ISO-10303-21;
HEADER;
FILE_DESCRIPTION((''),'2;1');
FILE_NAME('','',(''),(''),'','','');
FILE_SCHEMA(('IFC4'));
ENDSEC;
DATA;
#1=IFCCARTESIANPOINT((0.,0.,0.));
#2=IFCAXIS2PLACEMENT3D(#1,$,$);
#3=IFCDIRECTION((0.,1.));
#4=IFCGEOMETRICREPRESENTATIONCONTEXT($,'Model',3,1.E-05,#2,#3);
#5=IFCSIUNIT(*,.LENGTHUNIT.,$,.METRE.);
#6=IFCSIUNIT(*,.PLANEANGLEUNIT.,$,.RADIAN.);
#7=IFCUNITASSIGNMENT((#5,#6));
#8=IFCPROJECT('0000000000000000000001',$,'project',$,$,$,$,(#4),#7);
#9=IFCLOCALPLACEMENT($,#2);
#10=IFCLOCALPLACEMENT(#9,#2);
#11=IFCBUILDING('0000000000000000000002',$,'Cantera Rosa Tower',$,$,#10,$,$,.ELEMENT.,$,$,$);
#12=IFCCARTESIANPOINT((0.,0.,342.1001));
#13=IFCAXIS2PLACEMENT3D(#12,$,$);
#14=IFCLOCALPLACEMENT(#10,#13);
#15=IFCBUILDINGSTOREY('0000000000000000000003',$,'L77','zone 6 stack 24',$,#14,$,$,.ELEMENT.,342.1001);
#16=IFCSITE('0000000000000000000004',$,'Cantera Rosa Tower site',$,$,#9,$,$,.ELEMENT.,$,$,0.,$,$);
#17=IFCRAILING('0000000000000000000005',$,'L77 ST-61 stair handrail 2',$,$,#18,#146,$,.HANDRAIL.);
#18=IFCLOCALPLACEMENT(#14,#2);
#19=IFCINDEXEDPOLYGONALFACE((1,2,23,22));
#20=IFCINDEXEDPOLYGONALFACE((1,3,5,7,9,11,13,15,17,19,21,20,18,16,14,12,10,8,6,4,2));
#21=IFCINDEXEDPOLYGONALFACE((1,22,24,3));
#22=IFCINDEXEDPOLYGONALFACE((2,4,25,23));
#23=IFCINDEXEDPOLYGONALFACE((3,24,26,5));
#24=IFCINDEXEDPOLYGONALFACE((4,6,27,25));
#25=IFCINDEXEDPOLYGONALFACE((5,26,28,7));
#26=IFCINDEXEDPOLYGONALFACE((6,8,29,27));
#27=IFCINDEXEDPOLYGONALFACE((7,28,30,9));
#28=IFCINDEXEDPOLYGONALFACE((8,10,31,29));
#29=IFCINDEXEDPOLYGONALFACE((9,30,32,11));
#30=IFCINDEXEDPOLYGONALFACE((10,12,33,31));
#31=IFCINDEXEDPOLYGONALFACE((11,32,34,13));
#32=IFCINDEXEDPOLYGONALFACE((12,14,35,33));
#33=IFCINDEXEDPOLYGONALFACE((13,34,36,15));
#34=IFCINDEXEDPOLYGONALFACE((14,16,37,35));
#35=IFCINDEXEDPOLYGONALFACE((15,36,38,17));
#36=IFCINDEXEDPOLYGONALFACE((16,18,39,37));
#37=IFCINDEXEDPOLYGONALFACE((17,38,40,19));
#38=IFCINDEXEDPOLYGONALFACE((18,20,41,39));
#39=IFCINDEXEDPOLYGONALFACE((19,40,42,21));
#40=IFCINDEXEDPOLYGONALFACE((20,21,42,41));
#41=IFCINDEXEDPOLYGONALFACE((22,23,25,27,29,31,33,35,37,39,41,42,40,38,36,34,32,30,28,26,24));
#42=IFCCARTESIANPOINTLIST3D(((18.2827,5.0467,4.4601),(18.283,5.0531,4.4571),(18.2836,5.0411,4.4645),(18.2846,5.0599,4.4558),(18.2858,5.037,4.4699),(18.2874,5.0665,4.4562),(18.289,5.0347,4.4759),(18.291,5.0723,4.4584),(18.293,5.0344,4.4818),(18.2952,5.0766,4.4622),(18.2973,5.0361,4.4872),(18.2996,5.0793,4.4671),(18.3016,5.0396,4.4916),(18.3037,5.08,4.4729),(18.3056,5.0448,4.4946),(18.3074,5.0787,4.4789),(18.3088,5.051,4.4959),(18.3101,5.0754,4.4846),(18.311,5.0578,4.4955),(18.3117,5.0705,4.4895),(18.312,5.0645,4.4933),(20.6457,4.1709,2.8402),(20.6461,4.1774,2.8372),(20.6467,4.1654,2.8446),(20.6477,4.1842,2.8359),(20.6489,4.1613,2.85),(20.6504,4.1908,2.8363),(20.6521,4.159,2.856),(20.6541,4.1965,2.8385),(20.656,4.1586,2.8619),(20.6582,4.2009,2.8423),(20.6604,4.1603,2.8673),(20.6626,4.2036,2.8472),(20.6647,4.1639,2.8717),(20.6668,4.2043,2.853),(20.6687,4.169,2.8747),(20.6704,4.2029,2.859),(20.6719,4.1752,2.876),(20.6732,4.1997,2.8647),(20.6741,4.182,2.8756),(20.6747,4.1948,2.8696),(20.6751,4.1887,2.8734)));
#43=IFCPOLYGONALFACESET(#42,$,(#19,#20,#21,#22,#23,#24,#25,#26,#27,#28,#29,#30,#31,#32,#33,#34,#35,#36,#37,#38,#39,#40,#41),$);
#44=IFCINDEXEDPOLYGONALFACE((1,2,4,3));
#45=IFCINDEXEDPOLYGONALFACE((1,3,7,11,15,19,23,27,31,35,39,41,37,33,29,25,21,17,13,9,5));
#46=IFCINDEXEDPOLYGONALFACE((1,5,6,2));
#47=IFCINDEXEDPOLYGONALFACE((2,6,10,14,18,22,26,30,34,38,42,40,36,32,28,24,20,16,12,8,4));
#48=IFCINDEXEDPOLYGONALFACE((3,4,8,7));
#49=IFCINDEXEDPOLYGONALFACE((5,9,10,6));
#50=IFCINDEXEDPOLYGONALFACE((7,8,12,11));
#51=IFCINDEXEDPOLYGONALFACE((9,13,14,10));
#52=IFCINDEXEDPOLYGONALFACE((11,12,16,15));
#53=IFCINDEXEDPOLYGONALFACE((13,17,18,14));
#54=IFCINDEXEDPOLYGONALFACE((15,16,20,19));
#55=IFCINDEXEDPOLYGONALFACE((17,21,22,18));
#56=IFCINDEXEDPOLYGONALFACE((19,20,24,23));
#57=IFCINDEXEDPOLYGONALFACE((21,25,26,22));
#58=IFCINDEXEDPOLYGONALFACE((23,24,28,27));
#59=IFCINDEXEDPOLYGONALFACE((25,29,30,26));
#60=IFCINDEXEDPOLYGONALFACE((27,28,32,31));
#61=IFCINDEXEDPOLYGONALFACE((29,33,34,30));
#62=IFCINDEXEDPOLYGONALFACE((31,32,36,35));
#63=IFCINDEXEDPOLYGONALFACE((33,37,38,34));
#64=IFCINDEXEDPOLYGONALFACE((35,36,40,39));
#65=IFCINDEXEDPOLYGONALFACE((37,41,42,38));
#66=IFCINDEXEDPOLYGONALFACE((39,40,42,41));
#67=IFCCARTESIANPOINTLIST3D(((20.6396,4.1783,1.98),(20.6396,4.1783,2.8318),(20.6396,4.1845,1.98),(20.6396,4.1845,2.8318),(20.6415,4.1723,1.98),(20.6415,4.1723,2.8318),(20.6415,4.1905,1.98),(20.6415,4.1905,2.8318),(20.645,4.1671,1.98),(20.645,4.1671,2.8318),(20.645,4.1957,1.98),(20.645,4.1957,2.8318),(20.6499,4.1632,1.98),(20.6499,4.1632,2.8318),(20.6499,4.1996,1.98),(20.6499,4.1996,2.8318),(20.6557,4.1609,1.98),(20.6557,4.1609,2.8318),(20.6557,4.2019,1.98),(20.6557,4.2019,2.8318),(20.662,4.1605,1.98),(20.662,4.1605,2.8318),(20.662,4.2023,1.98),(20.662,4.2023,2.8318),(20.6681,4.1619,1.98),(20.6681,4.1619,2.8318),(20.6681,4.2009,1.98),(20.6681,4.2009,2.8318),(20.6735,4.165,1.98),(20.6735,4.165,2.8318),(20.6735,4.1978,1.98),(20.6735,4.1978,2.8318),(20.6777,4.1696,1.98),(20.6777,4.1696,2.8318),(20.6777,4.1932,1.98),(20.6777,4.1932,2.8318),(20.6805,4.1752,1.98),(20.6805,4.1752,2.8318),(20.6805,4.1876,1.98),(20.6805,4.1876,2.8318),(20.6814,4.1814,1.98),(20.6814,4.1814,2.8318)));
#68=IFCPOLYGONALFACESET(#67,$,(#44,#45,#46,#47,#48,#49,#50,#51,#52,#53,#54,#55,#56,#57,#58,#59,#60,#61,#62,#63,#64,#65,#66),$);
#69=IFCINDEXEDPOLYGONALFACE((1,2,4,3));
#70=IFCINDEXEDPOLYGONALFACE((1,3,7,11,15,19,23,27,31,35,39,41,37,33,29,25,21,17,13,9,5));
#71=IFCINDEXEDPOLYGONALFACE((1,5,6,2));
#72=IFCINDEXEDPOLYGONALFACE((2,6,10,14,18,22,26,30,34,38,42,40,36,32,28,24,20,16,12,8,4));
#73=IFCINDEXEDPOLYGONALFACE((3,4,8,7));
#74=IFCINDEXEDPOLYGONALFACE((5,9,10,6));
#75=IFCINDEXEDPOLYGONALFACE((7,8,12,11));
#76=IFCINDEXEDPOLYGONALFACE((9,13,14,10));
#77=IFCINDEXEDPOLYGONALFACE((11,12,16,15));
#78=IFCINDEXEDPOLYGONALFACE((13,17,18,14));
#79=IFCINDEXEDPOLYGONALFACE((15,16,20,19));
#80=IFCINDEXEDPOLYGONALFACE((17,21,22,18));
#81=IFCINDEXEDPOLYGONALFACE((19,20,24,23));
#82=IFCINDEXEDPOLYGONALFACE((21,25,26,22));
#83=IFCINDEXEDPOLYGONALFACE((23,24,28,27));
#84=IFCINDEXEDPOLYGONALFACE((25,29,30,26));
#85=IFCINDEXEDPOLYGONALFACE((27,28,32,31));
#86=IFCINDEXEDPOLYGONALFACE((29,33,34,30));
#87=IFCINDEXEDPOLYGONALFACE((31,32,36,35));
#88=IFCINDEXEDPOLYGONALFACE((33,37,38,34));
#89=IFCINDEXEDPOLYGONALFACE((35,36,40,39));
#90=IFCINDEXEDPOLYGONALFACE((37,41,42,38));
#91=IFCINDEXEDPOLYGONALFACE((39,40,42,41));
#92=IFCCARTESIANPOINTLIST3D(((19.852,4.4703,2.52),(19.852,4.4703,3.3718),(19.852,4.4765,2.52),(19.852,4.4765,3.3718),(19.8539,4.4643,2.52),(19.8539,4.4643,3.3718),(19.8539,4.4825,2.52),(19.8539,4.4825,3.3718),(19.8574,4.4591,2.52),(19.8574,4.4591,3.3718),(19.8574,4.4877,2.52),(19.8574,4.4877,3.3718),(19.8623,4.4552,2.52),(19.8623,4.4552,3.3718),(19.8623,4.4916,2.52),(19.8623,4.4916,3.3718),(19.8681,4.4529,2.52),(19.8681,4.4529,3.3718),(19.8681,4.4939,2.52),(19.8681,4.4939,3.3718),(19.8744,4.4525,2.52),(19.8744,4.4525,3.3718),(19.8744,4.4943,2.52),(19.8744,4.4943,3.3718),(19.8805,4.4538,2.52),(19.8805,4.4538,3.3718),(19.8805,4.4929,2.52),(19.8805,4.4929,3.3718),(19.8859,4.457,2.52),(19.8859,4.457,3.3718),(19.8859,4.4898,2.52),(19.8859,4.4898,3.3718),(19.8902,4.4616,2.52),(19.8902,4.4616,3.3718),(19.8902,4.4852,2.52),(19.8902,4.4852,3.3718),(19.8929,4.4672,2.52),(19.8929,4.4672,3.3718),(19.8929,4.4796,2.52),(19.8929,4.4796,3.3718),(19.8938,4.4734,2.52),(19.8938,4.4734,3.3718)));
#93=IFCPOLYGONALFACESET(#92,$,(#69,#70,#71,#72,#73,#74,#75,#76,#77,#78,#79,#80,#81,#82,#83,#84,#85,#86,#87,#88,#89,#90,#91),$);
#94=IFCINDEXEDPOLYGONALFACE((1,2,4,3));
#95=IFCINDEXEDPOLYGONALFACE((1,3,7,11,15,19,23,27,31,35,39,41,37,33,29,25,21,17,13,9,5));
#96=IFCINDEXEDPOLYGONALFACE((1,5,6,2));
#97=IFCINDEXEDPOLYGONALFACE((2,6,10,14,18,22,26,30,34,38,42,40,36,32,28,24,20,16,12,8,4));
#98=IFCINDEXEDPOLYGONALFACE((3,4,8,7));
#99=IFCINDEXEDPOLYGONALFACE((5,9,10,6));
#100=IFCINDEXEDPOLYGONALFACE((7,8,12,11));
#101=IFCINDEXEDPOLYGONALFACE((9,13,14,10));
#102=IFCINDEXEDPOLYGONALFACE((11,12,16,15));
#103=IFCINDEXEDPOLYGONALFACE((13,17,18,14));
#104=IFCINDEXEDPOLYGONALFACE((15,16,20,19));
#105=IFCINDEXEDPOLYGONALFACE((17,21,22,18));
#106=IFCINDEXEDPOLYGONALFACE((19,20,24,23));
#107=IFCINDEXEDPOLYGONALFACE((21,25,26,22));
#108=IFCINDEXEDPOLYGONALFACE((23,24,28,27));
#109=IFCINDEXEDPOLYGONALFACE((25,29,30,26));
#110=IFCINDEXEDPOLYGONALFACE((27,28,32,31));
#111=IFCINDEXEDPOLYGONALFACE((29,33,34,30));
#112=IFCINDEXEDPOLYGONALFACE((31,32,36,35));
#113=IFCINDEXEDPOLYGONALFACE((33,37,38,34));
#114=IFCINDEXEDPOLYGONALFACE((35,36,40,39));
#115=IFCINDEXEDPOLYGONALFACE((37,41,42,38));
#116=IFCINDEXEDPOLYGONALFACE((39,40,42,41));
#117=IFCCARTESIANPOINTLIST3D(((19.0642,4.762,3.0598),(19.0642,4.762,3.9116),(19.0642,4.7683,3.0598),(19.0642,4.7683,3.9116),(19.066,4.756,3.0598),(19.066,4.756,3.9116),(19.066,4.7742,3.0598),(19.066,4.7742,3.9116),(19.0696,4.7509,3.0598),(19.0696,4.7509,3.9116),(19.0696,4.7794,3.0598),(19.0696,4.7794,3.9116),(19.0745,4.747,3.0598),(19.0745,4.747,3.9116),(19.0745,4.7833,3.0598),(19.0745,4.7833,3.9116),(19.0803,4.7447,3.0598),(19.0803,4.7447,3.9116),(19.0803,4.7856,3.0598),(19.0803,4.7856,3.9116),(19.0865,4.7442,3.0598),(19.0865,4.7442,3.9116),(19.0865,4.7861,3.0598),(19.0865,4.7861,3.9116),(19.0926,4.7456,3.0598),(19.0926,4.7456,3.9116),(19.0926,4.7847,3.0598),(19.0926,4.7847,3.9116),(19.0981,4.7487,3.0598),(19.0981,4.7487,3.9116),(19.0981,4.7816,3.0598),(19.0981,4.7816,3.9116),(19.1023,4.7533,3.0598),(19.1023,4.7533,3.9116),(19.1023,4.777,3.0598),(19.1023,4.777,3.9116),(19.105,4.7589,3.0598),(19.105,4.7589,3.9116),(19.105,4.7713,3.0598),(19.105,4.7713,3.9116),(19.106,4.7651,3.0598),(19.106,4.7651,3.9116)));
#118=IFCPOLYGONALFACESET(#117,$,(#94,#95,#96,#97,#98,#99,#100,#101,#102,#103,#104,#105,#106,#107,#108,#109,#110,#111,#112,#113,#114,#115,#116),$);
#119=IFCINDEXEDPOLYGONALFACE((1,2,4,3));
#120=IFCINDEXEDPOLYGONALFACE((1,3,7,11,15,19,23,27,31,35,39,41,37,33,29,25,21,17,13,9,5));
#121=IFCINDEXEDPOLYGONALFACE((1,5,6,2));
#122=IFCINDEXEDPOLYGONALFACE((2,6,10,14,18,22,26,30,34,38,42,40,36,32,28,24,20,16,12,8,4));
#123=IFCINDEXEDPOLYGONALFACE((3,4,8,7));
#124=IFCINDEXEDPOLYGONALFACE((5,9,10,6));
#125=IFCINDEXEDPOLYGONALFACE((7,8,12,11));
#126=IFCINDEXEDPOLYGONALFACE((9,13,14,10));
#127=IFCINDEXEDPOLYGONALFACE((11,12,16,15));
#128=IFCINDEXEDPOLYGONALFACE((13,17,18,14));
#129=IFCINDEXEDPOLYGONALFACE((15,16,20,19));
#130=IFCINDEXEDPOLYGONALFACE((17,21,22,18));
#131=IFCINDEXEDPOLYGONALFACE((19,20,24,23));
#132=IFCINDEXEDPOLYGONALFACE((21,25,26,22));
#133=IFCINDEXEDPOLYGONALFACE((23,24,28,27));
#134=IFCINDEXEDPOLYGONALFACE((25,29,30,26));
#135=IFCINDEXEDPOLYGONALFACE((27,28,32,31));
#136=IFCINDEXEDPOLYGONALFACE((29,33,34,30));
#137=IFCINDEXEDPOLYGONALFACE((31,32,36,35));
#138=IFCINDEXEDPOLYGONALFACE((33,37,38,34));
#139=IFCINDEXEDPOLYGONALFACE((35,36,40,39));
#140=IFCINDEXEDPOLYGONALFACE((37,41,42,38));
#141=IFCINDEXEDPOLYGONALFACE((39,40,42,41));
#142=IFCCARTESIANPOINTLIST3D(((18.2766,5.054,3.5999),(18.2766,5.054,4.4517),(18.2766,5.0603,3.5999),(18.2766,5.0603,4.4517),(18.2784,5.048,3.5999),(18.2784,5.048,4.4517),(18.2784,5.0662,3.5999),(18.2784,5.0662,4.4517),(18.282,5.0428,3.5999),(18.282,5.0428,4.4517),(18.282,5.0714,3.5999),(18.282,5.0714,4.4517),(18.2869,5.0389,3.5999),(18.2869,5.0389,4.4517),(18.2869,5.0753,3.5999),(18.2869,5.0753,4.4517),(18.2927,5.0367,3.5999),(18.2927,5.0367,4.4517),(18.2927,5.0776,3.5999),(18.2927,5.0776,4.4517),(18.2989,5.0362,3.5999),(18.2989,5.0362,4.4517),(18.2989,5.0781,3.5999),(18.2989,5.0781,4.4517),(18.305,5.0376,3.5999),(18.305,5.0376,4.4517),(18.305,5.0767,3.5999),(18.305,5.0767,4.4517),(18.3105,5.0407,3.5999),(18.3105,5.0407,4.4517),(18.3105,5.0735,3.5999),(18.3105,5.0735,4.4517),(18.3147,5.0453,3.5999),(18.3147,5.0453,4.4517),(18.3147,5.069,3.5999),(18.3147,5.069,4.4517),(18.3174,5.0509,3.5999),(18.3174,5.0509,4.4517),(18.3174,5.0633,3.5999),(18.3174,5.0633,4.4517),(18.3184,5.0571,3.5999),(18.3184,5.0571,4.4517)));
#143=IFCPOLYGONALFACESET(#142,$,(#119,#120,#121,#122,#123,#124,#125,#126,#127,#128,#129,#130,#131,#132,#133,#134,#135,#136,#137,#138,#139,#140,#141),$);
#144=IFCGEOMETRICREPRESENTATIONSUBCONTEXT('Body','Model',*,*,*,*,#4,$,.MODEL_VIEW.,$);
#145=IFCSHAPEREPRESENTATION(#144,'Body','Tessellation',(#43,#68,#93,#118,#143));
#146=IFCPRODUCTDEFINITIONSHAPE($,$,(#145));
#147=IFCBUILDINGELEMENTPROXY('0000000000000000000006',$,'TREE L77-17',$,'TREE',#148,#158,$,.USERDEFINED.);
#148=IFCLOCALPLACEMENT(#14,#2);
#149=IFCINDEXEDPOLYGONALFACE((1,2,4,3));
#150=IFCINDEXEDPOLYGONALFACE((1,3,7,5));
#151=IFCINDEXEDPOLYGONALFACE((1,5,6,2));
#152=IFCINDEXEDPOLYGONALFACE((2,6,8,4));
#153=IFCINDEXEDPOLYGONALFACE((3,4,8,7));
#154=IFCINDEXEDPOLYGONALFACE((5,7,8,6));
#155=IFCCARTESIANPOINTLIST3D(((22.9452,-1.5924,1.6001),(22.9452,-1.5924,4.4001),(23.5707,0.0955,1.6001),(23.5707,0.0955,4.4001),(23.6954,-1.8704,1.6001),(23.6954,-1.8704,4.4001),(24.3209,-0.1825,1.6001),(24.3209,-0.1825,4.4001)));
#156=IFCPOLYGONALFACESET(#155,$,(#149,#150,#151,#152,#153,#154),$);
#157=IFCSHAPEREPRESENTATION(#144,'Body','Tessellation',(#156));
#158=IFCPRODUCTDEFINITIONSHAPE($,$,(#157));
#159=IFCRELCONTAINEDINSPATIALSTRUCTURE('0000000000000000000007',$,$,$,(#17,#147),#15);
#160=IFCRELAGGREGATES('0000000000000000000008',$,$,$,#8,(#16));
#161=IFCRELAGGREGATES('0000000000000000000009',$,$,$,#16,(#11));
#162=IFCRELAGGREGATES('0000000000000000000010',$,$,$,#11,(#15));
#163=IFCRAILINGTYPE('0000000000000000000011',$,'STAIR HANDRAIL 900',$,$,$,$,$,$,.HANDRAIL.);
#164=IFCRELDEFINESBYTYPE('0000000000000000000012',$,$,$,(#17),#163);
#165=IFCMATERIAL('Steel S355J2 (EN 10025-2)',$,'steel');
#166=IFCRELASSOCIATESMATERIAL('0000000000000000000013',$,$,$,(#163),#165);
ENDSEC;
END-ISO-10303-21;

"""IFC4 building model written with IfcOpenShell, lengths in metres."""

from ifc_helpers import new_model, si_unit, direction, frame, origin, origin_2d, place, context, subcontext, project, spatial, rectangle, circle, extrude, material, type_object, element, save


model = new_model("IFC4")

# Units and contexts
model_context = context("Model", 3, precision=1e-05, world=origin(), true_north=direction((0.0, 1.0)))
body_context = subcontext(model_context, "Body", "Model", "MODEL_VIEW")
ifc_project = project(units=[si_unit("LENGTHUNIT", "METRE"), si_unit("PLANEANGLEUNIT", "RADIAN")], contexts=[model_context])

# Site, building, storey
site_placement = place(None, origin())
site = spatial("IfcSite", under=ifc_project, at=site_placement, Name="Cantera Rosa Tower site", CompositionType="ELEMENT", RefElevation=0.0)
building_placement = place(site_placement, origin())
building = spatial("IfcBuilding", under=site, at=building_placement, Name="Cantera Rosa Tower", CompositionType="ELEMENT")
storey_placement = place(building_placement, frame((0.0, 0.0, 342.1001)))
storey = spatial("IfcBuildingStorey", under=building, at=storey_placement, Name="L77", Description="zone 6 stack 24", CompositionType="ELEMENT", Elevation=342.1001)

# Railing
ifc_material_1 = material(Name="Steel S355J2 (EN 10025-2)", Category="steel")
railing_type_1 = type_object("IfcRailingType", Name="STAIR HANDRAIL 900", PredefinedType="HANDRAIL", material=ifc_material_1)
railing_1_placement = place(storey_placement, frame((20.6604, 4.1814, 1.98)))
element("IfcRailing", 1, at=railing_1_placement, inside=storey, type_object=railing_type_1, Name="L77 ST-61 stair handrail 2", PredefinedType="HANDRAIL", context=body_context, shape_type="SweptSolid", body=[
    extrude(circle(Radius=0.0239, at=origin_2d()), frame((0.0, 0.0, 0.876), z_axis=(-0.788782, 0.29232, 0.540714), x_axis=(-0.347501, -0.93768, 0.0)), (0.0, 0.0, 1.0), 2.9958),
    extrude(circle(Radius=0.021, at=origin_2d()), origin(), (0.0, 0.0, 1.0), 0.8518),
    extrude(circle(Radius=0.021, at=origin_2d()), frame((-0.7876, 0.292, 0.54)), (0.0, 0.0, 1.0), 0.8518),
    extrude(circle(Radius=0.021, at=origin_2d()), frame((-1.5754, 0.5837, 1.0798)), (0.0, 0.0, 1.0), 0.8518),
    extrude(circle(Radius=0.021, at=origin_2d()), frame((-2.363, 0.8757, 1.6199)), (0.0, 0.0, 1.0), 0.8518),
])

# Building element proxy
proxy_placement = place(storey_placement, frame((23.6331, -0.8875, 1.6001), z_axis=(0.0, 0.0, 1.0), x_axis=(0.347481, 0.937687, 0.0)))
element("IfcBuildingElementProxy", 2, at=proxy_placement, inside=storey, Name="TREE L77-17", ObjectType="TREE", PredefinedType="USERDEFINED", context=body_context, shape_type="SweptSolid", body=[
    extrude(rectangle(XDim=1.8, YDim=0.8, at=origin_2d()), origin(), (0.0, 0.0, 1.0), 2.8),
])

save(model, "model.ifc")
